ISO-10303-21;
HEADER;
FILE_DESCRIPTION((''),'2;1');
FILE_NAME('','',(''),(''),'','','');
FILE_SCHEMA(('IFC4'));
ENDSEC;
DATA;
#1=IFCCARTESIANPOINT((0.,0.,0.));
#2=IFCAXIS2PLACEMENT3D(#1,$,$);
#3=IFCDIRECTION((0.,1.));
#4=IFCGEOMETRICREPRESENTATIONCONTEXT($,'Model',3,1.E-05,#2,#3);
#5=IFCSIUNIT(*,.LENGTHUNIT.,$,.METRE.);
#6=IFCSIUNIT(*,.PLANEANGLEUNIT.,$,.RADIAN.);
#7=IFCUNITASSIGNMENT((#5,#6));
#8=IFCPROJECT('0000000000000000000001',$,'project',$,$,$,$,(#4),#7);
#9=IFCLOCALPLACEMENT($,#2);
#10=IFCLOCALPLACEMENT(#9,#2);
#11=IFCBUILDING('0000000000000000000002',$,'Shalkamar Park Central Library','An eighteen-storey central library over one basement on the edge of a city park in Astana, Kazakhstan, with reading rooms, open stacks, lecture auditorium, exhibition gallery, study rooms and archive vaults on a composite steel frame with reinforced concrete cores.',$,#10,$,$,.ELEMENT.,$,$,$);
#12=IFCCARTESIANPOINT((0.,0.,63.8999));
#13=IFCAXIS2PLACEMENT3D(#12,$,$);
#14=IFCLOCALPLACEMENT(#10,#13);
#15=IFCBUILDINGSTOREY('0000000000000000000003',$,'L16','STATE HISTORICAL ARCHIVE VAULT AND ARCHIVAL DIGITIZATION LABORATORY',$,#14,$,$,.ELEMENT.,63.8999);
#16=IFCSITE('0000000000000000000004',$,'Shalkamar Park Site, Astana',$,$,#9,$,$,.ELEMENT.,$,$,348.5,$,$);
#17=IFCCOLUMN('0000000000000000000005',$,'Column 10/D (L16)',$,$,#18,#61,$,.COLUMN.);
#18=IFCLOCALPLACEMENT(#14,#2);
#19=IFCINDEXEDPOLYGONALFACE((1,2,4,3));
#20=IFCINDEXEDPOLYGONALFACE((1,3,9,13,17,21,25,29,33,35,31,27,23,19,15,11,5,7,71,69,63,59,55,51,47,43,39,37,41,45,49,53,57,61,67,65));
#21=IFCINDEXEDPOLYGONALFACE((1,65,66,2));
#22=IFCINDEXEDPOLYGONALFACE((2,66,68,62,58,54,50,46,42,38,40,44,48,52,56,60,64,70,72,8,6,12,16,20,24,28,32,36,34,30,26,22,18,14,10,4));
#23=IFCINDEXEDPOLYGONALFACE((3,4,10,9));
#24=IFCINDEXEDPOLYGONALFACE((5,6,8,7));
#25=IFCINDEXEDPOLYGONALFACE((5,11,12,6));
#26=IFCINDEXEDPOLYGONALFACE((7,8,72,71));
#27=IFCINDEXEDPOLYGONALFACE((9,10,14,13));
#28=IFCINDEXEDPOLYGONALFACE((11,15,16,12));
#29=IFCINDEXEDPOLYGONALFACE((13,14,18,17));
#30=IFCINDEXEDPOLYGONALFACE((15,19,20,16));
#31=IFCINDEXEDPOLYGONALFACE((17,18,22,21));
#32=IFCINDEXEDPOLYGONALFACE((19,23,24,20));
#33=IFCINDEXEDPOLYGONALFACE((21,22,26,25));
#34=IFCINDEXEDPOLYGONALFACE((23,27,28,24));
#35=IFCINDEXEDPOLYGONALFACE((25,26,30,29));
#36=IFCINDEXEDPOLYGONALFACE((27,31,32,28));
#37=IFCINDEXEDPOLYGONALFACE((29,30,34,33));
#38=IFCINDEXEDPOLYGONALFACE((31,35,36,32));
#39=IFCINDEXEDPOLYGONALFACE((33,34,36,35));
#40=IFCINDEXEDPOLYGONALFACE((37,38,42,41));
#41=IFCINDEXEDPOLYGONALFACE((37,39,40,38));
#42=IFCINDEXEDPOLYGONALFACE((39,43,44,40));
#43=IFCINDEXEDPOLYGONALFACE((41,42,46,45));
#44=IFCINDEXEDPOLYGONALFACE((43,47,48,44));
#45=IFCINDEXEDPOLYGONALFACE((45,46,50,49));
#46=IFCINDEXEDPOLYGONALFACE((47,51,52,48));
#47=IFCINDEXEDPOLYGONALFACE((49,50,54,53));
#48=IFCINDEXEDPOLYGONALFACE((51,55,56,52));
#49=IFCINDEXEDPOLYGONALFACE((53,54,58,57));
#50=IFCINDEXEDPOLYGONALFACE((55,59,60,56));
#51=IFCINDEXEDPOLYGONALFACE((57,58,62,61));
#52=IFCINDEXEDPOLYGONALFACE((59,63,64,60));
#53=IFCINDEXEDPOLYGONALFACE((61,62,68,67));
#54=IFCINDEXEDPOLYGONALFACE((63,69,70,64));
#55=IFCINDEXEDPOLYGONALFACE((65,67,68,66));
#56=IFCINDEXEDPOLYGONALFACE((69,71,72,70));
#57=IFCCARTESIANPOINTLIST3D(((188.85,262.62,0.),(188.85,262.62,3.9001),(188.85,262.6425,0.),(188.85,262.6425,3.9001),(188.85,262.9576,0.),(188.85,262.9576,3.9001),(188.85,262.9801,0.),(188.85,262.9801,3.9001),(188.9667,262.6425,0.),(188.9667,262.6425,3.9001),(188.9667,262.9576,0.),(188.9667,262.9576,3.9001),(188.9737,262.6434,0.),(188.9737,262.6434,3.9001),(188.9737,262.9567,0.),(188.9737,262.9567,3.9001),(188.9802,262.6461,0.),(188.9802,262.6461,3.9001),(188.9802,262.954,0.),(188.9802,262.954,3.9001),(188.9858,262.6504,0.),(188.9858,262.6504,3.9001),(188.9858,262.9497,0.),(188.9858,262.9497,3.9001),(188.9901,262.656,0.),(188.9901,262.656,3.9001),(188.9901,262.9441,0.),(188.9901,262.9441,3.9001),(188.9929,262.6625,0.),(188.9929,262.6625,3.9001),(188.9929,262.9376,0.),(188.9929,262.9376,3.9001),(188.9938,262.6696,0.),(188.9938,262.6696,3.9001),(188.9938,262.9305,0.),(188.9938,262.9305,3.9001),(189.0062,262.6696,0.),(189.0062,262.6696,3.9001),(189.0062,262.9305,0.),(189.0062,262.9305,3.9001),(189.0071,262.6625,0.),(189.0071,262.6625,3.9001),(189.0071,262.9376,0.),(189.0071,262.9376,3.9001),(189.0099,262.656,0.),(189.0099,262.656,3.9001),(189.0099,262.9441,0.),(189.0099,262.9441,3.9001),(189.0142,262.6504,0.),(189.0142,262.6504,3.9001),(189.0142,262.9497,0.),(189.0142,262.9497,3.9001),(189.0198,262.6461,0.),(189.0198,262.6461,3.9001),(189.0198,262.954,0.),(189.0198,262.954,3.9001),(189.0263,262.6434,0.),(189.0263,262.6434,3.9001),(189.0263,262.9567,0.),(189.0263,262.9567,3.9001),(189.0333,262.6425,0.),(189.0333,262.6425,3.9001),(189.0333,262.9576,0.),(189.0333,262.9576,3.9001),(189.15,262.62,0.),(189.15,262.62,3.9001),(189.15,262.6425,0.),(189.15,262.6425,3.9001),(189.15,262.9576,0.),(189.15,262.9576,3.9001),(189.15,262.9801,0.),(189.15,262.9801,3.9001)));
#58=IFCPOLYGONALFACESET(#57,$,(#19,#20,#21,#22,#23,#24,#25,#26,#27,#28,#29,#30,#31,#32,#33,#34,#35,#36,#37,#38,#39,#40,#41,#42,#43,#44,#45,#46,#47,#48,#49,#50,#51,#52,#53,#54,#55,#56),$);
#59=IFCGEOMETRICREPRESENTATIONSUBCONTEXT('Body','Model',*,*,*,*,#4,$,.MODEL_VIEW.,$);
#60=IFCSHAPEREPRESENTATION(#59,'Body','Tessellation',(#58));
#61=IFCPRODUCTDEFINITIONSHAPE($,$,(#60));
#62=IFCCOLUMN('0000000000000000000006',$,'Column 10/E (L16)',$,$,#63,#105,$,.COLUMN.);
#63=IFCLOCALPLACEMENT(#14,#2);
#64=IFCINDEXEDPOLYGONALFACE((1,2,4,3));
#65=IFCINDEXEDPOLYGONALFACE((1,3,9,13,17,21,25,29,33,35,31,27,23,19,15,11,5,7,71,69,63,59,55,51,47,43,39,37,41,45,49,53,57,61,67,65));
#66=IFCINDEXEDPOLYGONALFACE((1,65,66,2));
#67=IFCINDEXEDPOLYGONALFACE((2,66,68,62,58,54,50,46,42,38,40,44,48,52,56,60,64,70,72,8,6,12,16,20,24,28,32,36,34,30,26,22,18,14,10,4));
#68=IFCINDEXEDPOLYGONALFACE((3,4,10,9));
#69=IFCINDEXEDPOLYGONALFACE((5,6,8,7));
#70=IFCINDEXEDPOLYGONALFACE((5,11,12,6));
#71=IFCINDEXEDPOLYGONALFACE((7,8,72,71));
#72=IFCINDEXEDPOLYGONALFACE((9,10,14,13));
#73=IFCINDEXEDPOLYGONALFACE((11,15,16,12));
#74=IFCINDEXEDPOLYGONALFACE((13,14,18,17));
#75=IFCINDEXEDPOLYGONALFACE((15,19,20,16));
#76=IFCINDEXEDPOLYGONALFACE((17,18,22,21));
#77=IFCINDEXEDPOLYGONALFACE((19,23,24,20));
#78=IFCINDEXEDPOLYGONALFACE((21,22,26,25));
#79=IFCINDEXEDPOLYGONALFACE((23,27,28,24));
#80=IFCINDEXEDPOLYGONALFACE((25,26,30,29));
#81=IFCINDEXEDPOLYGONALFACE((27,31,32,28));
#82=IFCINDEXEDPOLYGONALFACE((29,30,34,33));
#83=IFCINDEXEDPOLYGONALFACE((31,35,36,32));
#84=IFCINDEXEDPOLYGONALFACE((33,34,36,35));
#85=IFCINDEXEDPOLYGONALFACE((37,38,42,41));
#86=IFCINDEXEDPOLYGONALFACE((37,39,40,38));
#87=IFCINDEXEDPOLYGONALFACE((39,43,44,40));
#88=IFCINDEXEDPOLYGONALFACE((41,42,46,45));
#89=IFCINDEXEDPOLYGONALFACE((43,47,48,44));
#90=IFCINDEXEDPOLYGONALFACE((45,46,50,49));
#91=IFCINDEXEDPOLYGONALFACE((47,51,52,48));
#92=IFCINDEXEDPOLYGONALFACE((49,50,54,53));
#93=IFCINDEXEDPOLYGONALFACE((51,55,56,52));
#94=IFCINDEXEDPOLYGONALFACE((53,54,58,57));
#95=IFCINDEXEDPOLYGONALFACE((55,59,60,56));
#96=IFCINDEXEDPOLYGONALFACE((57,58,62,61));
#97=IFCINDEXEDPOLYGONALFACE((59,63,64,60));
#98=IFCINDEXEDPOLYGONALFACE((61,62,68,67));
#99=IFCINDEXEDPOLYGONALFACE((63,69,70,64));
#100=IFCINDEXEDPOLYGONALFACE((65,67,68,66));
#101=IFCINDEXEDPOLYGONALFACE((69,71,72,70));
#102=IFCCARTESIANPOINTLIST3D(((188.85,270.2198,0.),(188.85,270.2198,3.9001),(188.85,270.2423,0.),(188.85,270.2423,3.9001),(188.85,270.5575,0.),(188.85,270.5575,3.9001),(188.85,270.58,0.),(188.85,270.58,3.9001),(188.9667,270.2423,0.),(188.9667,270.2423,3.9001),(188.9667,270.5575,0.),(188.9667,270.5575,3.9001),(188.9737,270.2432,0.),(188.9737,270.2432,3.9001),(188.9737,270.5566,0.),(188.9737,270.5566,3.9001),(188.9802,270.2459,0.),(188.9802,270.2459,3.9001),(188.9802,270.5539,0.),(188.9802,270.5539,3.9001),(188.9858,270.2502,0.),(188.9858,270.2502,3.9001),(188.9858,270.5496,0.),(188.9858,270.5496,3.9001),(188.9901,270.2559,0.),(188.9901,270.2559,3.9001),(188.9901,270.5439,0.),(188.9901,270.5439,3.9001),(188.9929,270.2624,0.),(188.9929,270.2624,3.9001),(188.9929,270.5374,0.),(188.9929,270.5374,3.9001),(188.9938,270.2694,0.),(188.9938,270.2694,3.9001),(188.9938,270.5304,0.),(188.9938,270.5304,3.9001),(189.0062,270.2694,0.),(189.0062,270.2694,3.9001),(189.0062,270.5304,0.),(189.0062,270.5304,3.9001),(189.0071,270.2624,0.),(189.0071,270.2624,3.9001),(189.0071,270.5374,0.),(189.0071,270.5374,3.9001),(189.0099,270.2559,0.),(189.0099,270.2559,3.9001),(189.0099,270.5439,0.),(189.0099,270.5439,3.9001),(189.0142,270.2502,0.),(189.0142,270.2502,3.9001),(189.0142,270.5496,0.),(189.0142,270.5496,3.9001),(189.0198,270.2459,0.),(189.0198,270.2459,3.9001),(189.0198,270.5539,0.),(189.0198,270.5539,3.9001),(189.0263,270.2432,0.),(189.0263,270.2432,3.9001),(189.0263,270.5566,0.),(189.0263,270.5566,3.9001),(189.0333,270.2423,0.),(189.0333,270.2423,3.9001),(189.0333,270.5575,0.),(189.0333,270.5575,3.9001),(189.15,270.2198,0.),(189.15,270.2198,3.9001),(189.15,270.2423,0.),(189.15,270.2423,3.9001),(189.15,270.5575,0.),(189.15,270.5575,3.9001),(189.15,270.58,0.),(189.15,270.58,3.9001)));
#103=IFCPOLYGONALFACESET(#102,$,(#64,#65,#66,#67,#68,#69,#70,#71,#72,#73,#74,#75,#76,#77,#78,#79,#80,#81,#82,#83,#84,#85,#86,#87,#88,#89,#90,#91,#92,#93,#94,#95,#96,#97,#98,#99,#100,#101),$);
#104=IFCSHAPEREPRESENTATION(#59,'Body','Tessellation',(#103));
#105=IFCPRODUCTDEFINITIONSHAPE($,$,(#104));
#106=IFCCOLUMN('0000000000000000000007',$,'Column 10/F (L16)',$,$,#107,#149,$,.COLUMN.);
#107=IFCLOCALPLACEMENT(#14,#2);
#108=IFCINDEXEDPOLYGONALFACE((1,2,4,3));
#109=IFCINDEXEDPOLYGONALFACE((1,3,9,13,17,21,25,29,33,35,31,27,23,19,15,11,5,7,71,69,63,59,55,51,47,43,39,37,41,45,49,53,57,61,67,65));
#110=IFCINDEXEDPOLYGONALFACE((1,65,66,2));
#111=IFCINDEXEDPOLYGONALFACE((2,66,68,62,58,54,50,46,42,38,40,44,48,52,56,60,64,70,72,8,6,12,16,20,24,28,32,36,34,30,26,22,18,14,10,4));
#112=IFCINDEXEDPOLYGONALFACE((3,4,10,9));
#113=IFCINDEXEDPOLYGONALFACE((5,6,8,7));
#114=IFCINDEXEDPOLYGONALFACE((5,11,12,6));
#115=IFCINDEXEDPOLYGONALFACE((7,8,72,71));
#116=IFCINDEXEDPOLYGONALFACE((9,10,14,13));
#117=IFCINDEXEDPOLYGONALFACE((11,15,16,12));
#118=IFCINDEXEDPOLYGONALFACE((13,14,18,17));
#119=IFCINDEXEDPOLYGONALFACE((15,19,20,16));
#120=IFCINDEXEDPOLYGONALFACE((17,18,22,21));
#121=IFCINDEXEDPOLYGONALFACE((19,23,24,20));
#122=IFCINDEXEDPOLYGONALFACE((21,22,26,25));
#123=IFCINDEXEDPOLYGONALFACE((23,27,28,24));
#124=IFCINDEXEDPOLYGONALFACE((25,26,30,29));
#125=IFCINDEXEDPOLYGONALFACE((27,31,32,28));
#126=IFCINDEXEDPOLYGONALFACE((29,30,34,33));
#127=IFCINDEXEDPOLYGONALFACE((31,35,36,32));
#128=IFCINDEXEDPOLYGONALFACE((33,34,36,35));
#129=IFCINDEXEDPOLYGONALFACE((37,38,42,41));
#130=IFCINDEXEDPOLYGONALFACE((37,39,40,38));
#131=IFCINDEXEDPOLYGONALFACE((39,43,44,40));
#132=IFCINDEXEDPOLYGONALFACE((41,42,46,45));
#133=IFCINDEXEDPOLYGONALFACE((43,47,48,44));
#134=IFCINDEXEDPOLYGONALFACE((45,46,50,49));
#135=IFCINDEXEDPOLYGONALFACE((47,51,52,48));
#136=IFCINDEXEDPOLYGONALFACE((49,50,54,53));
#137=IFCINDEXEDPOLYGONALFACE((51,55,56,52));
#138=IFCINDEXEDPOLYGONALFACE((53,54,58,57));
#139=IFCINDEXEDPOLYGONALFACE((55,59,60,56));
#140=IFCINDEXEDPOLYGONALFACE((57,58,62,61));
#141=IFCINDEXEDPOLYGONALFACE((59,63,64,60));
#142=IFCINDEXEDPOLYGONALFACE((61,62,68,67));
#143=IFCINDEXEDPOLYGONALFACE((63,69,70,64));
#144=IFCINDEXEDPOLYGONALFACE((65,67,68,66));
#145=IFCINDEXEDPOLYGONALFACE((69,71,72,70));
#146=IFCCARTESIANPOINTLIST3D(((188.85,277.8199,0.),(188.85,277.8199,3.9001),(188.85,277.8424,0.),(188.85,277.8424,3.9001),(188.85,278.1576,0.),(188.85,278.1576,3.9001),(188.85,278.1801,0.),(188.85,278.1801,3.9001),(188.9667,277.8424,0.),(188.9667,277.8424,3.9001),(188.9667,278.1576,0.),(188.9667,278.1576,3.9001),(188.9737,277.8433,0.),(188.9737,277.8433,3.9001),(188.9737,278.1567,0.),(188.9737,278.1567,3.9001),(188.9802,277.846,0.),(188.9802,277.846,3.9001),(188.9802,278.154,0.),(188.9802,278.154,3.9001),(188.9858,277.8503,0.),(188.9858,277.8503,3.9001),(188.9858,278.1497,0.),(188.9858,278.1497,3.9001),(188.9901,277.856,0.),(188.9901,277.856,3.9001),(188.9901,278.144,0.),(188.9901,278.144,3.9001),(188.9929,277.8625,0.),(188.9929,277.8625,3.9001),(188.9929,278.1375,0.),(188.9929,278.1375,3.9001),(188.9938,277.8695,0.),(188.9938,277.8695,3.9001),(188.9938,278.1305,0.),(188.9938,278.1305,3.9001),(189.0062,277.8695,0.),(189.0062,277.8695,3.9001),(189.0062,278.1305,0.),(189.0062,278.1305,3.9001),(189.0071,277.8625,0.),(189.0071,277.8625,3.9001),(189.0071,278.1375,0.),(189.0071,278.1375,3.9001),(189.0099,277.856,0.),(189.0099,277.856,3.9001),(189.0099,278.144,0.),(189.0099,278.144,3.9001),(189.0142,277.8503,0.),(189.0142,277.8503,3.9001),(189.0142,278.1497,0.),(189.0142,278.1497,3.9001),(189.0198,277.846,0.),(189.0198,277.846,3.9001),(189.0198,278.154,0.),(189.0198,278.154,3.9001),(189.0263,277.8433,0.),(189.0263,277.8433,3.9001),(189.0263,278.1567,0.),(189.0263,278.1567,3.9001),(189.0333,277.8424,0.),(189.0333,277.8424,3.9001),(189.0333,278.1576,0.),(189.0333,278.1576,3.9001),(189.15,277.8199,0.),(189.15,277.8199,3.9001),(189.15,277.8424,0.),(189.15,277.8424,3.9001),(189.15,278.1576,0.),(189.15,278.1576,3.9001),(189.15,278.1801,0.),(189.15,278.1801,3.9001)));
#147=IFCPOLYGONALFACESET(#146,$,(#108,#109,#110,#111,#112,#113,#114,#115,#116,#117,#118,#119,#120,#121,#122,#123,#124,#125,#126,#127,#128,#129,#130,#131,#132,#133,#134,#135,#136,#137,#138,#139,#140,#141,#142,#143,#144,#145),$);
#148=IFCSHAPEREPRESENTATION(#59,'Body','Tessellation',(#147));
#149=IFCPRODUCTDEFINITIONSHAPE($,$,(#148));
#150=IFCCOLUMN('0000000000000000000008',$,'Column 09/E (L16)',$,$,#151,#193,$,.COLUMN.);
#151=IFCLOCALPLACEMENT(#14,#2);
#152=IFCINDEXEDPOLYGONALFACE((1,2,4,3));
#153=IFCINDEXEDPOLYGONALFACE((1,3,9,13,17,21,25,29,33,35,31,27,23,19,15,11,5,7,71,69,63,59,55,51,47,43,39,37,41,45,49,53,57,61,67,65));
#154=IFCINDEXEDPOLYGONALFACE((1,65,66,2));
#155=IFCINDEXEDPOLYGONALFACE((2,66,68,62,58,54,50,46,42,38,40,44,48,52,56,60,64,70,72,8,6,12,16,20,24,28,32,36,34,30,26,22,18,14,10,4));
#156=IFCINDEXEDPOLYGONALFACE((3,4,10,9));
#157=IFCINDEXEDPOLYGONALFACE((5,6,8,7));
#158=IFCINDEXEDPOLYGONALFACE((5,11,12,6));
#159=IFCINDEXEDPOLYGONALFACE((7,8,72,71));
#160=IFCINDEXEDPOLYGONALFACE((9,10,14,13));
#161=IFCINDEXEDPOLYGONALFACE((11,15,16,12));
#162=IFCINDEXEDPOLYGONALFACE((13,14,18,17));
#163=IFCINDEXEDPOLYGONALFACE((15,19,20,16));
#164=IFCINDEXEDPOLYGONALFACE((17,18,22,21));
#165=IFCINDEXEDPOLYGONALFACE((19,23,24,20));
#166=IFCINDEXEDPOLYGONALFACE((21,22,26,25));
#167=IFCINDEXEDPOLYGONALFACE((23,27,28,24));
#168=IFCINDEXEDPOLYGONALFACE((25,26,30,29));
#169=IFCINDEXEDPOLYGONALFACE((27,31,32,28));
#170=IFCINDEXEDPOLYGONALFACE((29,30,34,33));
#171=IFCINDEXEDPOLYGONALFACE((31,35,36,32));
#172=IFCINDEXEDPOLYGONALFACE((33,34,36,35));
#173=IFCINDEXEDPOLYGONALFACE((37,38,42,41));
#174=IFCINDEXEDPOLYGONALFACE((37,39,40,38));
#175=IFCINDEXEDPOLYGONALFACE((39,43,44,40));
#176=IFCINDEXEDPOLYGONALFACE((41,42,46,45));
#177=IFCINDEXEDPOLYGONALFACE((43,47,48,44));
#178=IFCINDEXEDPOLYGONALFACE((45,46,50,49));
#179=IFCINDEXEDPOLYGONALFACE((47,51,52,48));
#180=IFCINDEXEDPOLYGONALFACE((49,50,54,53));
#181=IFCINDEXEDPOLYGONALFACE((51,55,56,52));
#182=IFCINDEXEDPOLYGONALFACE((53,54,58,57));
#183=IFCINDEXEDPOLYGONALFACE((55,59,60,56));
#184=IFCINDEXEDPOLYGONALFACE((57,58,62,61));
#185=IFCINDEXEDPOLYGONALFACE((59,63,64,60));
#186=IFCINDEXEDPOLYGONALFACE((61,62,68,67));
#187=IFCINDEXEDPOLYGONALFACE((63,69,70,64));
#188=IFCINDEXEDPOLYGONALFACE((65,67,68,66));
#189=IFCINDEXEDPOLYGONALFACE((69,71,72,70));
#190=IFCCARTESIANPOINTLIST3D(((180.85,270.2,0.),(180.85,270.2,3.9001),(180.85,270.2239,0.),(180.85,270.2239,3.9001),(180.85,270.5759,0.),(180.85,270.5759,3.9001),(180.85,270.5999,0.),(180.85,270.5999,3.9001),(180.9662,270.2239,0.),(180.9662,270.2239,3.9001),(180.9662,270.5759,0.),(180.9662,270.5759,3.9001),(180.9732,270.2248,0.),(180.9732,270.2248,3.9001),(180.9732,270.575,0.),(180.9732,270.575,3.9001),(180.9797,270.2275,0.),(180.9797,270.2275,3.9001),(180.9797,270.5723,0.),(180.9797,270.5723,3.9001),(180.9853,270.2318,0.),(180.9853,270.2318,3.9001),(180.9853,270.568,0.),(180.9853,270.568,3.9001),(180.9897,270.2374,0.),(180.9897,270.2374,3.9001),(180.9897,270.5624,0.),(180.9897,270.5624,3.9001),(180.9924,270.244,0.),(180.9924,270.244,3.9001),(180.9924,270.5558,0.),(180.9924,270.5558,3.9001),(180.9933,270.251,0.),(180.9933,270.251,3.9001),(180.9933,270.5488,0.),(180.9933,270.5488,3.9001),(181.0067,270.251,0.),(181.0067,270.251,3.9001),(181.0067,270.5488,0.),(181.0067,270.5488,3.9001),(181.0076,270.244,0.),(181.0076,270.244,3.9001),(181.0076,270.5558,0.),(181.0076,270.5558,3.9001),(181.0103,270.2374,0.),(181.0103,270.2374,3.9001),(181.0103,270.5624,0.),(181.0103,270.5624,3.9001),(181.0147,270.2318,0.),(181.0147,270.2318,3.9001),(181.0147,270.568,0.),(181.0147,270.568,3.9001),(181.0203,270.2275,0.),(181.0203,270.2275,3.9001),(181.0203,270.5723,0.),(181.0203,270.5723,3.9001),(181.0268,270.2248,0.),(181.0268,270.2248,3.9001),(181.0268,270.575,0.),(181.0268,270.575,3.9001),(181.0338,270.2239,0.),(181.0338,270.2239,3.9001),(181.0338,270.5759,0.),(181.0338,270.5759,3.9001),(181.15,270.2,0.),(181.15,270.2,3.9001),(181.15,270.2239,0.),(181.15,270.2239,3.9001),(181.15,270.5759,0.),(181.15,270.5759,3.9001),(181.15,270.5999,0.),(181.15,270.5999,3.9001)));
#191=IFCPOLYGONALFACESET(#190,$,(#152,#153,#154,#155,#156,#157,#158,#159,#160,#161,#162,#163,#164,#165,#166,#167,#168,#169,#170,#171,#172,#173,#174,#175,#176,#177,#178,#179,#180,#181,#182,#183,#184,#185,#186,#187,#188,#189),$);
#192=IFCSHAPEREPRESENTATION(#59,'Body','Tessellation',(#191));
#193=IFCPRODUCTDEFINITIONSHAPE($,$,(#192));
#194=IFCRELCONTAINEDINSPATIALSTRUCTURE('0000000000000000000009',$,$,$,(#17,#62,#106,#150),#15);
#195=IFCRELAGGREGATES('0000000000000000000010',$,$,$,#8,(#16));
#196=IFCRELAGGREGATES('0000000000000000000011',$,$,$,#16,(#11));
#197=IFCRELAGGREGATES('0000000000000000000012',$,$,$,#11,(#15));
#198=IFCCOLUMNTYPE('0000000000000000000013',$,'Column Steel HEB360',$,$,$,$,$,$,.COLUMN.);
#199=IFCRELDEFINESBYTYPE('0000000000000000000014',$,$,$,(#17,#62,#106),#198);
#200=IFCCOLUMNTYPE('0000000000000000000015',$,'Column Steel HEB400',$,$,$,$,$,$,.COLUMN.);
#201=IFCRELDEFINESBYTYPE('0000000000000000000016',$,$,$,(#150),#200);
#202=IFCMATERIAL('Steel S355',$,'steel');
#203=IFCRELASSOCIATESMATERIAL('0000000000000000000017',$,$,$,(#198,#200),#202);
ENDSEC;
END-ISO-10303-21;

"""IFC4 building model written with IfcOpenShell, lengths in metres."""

from ifc_helpers import new_model, si_unit, direction, frame, origin, origin_2d, place, context, subcontext, project, spatial, i_section, extrude, material, material_profile, profile_set, type_object, element, save


model = new_model("IFC4")

# Units and contexts
model_context = context("Model", 3, precision=1e-05, world=origin(), true_north=direction((0.0, 1.0)))
body_context = subcontext(model_context, "Body", "Model", "MODEL_VIEW")
ifc_project = project(units=[si_unit("LENGTHUNIT", "METRE"), si_unit("PLANEANGLEUNIT", "RADIAN")], contexts=[model_context])

# Site, building, storey
site_placement = place(None, origin())
site = spatial("IfcSite", under=ifc_project, at=site_placement, Name="Shalkamar Park Site, Astana", CompositionType="ELEMENT", RefElevation=348.5)
building_placement = place(site_placement, origin())
building = spatial("IfcBuilding", under=site, at=building_placement, Name="Shalkamar Park Central Library", Description="An eighteen-storey central library over one basement on the edge of a city park in Astana, Kazakhstan, with reading rooms, open stacks, lecture auditorium, exhibition gallery, study rooms and archive vaults on a composite steel frame with reinforced concrete cores.", CompositionType="ELEMENT")
storey_placement = place(building_placement, frame((0.0, 0.0, 63.8999)))
storey = spatial("IfcBuildingStorey", under=building, at=storey_placement, Name="L16", Description="STATE HISTORICAL ARCHIVE VAULT AND ARCHIVAL DIGITIZATION LABORATORY", CompositionType="ELEMENT", Elevation=63.8999)

# Columns
ifc_material_1 = material(Name="Steel S355", Category="steel")
ifc_material_profile_1 = material_profile(ifc_material_1, i_section(OverallWidth=0.3, OverallDepth=0.3601, WebThickness=0.0125, FlangeThickness=0.0225, FilletRadius=0.0271, at=origin_2d()), Name="HEB 360")
ifc_profile_set_1 = profile_set([ifc_material_profile_1], Name="Steel S355")
column_type_1 = type_object("IfcColumnType", Name="Column Steel HEB360", PredefinedType="COLUMN", material=ifc_profile_set_1)
for number, where, z_axis, x_axis, name in (
    (1, (189.0, 262.8, 0.0), (0.0, 0.0, 1.0), (1.0, 0.0, 0.0), "Column 10/D (L16)"),
    (2, (189.0, 270.3999, 0.0), (0.0, 0.0, 1.0), (1.0, 0.0, 0.0), "Column 10/E (L16)"),
    (3, (189.0, 278.0, 0.0), (0.0, 0.0, 1.0), (1.0, 0.0, 0.0), "Column 10/F (L16)"),
):
    element("IfcColumn", number, at=place(storey_placement, frame(where, z_axis=z_axis, x_axis=x_axis)), inside=storey, type_object=column_type_1, Name=name, PredefinedType="COLUMN", context=body_context, shape_type="SweptSolid", body=[
        extrude(i_section(OverallWidth=0.3, OverallDepth=0.3601, WebThickness=0.0125, FlangeThickness=0.0225, FilletRadius=0.0271, at=origin_2d()), origin(), (0.0, 0.0, 1.0), 3.9001),
    ])
ifc_material_profile_2 = material_profile(ifc_material_1, i_section(OverallWidth=0.3, OverallDepth=0.3999, WebThickness=0.0134, FlangeThickness=0.0239, FilletRadius=0.0271, at=origin_2d()), Name="HEB 400")
ifc_profile_set_2 = profile_set([ifc_material_profile_2], Name="Steel S355")
column_type_2 = type_object("IfcColumnType", Name="Column Steel HEB400", PredefinedType="COLUMN", material=ifc_profile_set_2)
for number, where, z_axis, x_axis, name in (
    (4, (181.0, 270.3999, 0.0), (0.0, 0.0, 1.0), (1.0, 0.0, 0.0), "Column 09/E (L16)"),
):
    element("IfcColumn", number, at=place(storey_placement, frame(where, z_axis=z_axis, x_axis=x_axis)), inside=storey, type_object=column_type_2, Name=name, PredefinedType="COLUMN", context=body_context, shape_type="SweptSolid", body=[
        extrude(i_section(OverallWidth=0.3, OverallDepth=0.3999, WebThickness=0.0134, FlangeThickness=0.0239, FilletRadius=0.0271, at=origin_2d()), origin(), (0.0, 0.0, 1.0), 3.9001),
    ])

save(model, "model.ifc")
